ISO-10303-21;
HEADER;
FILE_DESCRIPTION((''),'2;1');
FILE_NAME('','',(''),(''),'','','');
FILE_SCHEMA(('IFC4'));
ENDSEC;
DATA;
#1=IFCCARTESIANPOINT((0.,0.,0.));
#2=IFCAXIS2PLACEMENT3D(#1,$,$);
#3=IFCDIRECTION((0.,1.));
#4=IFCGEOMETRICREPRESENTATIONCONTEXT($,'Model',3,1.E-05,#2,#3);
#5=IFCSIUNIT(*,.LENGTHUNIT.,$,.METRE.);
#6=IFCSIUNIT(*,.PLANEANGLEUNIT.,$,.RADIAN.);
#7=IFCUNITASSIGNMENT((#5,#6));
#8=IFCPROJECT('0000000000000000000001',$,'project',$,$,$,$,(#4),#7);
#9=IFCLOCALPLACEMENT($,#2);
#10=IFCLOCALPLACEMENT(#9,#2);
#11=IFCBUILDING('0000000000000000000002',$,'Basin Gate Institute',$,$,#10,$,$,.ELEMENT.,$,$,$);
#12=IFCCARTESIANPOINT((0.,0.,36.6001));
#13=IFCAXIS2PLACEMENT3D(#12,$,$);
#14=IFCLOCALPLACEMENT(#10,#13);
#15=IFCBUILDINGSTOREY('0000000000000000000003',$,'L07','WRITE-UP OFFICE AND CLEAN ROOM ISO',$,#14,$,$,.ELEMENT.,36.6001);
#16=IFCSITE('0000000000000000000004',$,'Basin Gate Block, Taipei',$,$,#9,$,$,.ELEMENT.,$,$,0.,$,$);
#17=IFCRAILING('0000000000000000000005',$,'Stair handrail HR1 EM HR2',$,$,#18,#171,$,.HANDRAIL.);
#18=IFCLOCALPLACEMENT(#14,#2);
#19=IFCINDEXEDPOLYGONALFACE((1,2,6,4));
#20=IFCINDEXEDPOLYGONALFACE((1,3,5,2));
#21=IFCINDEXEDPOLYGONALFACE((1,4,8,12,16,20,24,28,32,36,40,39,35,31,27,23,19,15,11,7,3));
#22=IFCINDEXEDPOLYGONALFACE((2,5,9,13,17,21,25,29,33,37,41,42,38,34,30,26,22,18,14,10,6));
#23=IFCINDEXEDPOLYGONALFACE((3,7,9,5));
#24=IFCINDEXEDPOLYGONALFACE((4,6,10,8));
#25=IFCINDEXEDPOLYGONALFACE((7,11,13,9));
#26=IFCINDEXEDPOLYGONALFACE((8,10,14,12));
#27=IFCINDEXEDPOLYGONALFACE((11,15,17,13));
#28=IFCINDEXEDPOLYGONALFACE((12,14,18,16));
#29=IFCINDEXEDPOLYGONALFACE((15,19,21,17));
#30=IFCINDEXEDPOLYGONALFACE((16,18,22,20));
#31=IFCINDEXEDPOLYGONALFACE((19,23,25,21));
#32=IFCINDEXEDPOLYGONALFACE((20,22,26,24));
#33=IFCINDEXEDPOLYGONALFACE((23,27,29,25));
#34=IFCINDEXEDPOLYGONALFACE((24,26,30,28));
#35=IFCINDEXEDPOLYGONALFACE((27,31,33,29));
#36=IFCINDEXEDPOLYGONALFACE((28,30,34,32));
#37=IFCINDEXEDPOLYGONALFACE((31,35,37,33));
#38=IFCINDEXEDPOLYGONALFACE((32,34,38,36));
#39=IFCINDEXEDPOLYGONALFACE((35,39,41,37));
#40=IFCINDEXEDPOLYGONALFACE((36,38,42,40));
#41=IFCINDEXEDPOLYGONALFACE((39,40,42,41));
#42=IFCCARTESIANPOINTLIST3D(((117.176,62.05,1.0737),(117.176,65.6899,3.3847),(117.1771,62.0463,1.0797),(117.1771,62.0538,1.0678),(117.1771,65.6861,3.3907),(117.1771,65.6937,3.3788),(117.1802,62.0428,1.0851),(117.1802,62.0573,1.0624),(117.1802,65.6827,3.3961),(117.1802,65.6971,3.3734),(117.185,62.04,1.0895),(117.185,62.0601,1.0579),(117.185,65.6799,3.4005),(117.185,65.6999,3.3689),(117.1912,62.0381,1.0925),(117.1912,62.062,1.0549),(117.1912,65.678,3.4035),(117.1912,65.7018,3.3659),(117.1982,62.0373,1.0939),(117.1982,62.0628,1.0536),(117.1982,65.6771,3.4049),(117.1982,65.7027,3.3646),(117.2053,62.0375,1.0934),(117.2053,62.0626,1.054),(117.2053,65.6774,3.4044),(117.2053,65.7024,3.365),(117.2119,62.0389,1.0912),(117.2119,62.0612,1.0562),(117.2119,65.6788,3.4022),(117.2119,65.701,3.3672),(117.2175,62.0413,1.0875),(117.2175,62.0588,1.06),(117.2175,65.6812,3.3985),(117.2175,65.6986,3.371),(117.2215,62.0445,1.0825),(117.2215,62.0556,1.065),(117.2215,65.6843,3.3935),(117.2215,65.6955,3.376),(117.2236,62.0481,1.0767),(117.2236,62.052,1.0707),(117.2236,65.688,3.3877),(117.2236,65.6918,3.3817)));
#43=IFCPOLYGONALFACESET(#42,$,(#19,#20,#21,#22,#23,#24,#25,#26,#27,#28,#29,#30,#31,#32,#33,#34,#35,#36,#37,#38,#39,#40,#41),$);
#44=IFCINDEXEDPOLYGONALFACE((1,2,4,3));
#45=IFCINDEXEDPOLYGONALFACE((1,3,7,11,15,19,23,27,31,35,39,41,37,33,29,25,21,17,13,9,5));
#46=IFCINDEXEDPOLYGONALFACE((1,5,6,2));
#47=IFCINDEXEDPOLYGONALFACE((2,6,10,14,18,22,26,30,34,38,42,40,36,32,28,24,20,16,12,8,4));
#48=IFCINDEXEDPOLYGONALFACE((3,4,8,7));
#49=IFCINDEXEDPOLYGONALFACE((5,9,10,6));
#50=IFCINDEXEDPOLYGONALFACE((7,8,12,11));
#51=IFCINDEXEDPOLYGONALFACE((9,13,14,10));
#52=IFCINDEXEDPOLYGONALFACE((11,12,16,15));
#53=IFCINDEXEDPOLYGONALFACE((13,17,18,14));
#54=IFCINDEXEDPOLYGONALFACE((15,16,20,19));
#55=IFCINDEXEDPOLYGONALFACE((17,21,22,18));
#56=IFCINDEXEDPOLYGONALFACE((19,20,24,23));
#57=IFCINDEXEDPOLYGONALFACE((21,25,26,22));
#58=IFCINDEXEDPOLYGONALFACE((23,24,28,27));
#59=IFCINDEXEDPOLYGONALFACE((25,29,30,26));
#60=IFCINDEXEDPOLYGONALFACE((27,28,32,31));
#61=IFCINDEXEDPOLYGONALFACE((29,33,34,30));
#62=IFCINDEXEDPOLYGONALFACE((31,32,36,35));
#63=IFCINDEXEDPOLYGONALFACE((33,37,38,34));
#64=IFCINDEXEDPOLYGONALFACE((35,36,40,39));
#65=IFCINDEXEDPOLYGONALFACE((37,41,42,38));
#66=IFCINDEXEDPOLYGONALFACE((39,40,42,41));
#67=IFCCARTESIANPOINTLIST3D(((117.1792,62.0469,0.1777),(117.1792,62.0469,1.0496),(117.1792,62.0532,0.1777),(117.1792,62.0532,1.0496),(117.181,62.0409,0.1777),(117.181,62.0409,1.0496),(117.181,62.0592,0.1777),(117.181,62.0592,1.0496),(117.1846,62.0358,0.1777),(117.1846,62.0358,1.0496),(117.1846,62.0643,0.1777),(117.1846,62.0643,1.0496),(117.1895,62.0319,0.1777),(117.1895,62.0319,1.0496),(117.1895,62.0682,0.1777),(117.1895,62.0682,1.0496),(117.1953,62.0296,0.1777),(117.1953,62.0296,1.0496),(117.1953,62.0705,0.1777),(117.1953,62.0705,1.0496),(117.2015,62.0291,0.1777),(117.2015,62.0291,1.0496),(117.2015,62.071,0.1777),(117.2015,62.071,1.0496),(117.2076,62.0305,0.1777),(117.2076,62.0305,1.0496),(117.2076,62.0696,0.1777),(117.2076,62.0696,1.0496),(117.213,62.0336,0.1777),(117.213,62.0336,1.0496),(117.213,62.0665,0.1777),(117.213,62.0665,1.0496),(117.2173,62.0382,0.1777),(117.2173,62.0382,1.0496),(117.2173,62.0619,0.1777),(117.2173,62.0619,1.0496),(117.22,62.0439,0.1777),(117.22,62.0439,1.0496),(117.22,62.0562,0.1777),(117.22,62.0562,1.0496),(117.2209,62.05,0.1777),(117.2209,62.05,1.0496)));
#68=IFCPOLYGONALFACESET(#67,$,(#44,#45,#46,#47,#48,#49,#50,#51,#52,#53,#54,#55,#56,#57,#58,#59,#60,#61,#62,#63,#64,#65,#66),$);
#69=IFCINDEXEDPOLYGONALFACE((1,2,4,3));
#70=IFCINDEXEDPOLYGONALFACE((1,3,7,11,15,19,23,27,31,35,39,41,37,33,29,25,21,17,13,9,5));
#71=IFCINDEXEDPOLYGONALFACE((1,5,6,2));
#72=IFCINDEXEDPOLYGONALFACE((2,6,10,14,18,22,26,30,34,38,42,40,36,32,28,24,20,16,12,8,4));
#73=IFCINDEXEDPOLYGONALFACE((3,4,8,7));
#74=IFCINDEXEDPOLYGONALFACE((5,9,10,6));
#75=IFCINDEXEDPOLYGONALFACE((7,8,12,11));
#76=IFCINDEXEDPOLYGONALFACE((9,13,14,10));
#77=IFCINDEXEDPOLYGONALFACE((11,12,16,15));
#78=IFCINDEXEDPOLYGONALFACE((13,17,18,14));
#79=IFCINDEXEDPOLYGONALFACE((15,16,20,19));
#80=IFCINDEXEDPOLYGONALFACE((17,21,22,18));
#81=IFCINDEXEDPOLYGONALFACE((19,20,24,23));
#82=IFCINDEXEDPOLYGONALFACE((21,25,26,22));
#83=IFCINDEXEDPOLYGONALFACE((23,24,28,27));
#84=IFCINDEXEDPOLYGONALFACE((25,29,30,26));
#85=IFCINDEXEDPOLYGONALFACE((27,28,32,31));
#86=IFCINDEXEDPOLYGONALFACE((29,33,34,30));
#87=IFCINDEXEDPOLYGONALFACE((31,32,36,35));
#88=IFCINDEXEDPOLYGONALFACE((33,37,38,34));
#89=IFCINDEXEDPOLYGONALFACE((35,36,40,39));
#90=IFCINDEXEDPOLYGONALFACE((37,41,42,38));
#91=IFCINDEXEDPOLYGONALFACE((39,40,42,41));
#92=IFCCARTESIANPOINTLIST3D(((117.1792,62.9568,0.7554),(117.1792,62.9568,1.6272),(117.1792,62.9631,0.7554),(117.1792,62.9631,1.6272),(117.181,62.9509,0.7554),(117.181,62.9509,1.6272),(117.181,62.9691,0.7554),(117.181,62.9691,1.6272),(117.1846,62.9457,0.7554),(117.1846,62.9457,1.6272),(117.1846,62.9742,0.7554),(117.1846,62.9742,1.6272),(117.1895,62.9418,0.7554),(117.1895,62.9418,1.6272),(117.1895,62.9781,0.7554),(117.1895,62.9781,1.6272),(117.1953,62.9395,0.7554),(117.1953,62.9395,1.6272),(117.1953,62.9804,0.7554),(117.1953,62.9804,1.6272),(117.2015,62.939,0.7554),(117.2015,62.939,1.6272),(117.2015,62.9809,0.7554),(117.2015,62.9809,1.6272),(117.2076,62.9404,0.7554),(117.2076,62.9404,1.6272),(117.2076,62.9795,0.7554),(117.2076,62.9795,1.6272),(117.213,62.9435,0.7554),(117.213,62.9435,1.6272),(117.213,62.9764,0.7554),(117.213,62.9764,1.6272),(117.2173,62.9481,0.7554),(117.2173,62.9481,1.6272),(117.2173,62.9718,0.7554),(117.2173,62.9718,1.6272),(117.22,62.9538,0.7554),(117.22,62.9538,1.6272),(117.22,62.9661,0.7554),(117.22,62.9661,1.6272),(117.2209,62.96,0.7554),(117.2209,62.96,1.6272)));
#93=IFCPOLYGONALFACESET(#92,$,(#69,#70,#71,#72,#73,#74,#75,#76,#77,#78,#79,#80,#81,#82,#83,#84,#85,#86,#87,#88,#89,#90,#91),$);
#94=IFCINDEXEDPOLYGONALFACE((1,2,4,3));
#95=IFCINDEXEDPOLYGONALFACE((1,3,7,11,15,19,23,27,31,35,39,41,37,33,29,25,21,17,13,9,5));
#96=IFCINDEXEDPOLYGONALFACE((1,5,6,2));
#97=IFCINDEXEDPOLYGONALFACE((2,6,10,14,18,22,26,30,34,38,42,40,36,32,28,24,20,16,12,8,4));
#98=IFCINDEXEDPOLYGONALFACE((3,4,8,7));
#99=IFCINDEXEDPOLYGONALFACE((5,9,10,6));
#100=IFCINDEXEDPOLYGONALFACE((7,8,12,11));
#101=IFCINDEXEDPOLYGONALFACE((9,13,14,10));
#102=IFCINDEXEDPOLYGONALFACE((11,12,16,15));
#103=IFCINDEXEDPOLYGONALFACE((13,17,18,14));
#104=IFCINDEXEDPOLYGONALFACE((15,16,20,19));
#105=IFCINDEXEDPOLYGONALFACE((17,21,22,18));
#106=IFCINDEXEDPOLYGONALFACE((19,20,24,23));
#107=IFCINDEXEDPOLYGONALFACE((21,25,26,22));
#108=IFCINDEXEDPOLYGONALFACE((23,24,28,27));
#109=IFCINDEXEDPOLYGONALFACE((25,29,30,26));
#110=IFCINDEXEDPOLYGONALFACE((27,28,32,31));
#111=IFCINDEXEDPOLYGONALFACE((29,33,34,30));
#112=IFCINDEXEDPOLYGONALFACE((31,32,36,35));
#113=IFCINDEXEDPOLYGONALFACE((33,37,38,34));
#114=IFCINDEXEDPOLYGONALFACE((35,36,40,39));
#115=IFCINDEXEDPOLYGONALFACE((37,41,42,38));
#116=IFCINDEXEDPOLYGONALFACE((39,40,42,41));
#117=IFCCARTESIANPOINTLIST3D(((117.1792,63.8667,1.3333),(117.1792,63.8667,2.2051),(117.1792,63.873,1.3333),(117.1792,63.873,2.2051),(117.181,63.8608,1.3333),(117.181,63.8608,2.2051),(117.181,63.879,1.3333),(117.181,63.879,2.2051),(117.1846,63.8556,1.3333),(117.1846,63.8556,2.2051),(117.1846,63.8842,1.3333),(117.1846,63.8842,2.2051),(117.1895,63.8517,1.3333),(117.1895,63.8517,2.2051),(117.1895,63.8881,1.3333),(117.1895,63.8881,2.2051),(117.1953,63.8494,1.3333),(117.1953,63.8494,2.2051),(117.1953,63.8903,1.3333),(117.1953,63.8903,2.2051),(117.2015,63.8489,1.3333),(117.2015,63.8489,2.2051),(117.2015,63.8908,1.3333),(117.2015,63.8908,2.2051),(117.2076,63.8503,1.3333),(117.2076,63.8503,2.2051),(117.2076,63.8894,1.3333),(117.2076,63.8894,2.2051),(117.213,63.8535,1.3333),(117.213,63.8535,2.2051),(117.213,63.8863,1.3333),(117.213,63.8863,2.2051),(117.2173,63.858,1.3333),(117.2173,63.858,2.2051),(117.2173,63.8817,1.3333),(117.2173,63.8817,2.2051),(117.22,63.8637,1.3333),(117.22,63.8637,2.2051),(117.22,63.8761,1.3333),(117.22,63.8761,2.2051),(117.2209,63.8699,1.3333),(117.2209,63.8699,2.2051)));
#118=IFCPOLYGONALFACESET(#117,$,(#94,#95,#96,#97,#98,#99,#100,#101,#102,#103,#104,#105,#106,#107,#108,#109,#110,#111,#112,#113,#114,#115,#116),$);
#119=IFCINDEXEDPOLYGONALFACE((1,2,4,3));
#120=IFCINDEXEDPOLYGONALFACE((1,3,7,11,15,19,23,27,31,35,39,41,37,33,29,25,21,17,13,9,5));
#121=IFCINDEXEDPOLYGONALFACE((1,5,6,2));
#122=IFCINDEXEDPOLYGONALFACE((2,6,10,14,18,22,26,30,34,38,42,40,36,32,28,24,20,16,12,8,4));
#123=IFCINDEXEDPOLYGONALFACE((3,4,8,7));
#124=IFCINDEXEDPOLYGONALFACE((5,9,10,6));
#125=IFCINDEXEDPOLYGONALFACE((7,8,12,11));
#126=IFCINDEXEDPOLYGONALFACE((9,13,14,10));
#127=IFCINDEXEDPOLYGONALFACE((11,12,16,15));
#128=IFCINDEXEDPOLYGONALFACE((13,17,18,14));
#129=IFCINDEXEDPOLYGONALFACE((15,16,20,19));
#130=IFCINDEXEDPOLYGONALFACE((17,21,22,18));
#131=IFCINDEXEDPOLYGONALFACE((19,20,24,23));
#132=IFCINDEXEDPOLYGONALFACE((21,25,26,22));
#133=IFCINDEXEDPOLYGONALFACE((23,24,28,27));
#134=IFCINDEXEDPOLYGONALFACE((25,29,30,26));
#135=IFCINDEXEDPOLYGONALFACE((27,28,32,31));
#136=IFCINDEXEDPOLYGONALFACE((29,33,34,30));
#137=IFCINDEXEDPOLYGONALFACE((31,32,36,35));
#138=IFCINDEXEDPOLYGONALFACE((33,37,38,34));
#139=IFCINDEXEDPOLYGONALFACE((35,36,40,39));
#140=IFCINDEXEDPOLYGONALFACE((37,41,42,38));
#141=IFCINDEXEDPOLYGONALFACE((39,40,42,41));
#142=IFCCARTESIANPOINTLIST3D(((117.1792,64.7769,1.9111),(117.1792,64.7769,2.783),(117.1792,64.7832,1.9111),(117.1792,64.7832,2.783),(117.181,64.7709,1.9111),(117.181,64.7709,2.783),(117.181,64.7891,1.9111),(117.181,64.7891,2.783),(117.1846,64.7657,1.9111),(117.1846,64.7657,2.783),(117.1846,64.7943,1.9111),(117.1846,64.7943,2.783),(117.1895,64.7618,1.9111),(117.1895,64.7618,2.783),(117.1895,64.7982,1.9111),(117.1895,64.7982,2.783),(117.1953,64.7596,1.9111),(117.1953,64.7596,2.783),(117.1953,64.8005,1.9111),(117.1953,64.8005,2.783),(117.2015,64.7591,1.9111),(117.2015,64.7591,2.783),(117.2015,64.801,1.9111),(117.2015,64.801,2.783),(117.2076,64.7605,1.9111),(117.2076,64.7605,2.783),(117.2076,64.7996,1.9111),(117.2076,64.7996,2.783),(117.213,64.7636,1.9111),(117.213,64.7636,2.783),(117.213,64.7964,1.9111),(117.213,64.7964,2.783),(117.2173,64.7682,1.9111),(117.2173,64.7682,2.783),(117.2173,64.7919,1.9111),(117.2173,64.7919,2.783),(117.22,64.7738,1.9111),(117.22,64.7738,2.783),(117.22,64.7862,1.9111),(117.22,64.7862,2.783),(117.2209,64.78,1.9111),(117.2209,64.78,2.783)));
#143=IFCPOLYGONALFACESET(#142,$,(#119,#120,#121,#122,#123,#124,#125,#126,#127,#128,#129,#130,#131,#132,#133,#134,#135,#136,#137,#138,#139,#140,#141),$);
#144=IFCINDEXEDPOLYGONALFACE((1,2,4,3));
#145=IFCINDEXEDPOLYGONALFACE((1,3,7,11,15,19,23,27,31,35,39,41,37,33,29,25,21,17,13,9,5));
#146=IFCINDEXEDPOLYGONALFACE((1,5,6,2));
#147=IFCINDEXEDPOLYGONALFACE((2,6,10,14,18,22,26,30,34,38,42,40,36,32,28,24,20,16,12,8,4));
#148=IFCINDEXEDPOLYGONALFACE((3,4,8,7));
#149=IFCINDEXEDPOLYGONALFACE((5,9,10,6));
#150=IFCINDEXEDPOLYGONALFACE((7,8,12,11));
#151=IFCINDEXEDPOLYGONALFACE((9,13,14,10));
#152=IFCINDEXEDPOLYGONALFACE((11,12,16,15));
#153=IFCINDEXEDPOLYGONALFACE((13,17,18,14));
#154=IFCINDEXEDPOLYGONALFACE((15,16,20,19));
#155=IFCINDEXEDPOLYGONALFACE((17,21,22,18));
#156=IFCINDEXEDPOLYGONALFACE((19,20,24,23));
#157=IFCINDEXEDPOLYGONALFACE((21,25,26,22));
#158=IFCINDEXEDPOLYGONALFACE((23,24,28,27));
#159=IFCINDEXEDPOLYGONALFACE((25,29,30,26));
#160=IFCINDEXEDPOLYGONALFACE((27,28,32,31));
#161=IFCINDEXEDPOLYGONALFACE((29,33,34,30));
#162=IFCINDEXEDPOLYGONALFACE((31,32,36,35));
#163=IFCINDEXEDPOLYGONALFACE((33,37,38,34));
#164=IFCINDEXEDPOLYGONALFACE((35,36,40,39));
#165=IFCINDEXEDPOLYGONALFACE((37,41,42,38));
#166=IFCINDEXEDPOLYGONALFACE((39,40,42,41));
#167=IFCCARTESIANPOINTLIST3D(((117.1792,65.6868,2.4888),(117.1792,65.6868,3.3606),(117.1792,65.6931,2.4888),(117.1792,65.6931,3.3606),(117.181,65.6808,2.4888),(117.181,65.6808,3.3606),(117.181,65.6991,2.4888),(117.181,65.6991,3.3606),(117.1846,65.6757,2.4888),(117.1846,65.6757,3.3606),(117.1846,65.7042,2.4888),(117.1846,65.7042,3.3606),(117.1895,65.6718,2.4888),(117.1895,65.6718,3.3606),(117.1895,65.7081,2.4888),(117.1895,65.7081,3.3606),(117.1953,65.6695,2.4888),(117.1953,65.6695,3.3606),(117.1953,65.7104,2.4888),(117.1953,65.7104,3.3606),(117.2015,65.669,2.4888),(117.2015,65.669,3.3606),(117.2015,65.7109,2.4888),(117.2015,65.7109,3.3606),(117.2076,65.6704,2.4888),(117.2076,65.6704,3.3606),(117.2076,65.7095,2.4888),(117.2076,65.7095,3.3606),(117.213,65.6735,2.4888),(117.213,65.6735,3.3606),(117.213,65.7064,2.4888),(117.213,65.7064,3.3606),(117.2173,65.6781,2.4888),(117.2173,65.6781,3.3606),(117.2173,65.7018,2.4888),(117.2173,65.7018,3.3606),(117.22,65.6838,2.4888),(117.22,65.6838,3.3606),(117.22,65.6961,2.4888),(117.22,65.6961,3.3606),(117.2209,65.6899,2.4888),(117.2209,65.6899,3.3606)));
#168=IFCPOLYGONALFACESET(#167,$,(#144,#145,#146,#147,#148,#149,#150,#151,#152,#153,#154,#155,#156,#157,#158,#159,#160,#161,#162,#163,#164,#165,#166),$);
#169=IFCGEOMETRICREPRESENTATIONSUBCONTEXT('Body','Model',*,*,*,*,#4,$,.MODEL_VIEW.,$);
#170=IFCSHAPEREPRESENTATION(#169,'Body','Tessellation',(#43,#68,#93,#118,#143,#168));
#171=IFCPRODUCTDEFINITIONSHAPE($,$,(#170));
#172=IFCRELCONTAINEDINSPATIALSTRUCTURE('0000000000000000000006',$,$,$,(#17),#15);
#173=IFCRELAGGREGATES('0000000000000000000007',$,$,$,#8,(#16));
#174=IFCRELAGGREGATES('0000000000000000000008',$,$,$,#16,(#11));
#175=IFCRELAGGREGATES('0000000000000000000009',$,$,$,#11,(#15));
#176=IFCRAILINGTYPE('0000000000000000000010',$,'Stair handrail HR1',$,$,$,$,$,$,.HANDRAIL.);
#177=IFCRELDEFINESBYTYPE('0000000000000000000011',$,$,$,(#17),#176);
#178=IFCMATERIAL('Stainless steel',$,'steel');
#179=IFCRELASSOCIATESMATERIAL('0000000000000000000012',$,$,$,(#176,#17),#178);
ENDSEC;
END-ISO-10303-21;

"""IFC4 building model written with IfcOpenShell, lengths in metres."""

from ifc_helpers import new_model, si_unit, direction, frame, origin, origin_2d, place, context, subcontext, project, spatial, circle, extrude, material, type_object, element, save


model = new_model("IFC4")

# Units and contexts
model_context = context("Model", 3, precision=1e-05, world=origin(), true_north=direction((0.0, 1.0)))
body_context = subcontext(model_context, "Body", "Model", "MODEL_VIEW")
ifc_project = project(units=[si_unit("LENGTHUNIT", "METRE"), si_unit("PLANEANGLEUNIT", "RADIAN")], contexts=[model_context])

# Site, building, storey
site_placement = place(None, origin())
site = spatial("IfcSite", under=ifc_project, at=site_placement, Name="Basin Gate Block, Taipei", CompositionType="ELEMENT", RefElevation=0.0)
building_placement = place(site_placement, origin())
building = spatial("IfcBuilding", under=site, at=building_placement, Name="Basin Gate Institute", CompositionType="ELEMENT")
storey_placement = place(building_placement, frame((0.0, 0.0, 36.6001)))
storey = spatial("IfcBuildingStorey", under=building, at=storey_placement, Name="L07", Description="WRITE-UP OFFICE AND CLEAN ROOM ISO", CompositionType="ELEMENT", Elevation=36.6001)

# Railing
ifc_material_1 = material(Name="Stainless steel", Category="steel")
railing_type_1 = type_object("IfcRailingType", Name="Stair handrail HR1", PredefinedType="HANDRAIL", material=ifc_material_1)
for number, where, name in (
    (1, (117.2, 62.05, 0.1777), "Stair handrail HR1 EM HR2"),
):
    element("IfcRailing", number, at=place(storey_placement, frame(where)), inside=storey, type_object=railing_type_1, material=ifc_material_1, Name=name, PredefinedType="HANDRAIL", context=body_context, shape_type="SweptSolid", body=[
        extrude(circle(Radius=0.0239, at=origin_2d()), frame((0.0, 0.0, 0.896), z_axis=(0.0, 0.844214, 0.536007), x_axis=(-1.0, 0.0, 0.0)), (0.0, 0.0, 1.0), 4.3115),
        extrude(circle(Radius=0.021, at=origin_2d()), origin(), (0.0, 0.0, 1.0), 0.8718),
        extrude(circle(Radius=0.021, at=origin_2d()), frame((0.0, 0.9099, 0.5776)), (0.0, 0.0, 1.0), 0.8718),
        extrude(circle(Radius=0.021, at=origin_2d()), frame((0.0, 1.8198, 1.1555)), (0.0, 0.0, 1.0), 0.8718),
        extrude(circle(Radius=0.021, at=origin_2d()), frame((0.0, 2.73, 1.7334)), (0.0, 0.0, 1.0), 0.8718),
        extrude(circle(Radius=0.021, at=origin_2d()), frame((0.0, 3.6399, 2.311)), (0.0, 0.0, 1.0), 0.8718),
    ])

save(model, "model.ifc")
